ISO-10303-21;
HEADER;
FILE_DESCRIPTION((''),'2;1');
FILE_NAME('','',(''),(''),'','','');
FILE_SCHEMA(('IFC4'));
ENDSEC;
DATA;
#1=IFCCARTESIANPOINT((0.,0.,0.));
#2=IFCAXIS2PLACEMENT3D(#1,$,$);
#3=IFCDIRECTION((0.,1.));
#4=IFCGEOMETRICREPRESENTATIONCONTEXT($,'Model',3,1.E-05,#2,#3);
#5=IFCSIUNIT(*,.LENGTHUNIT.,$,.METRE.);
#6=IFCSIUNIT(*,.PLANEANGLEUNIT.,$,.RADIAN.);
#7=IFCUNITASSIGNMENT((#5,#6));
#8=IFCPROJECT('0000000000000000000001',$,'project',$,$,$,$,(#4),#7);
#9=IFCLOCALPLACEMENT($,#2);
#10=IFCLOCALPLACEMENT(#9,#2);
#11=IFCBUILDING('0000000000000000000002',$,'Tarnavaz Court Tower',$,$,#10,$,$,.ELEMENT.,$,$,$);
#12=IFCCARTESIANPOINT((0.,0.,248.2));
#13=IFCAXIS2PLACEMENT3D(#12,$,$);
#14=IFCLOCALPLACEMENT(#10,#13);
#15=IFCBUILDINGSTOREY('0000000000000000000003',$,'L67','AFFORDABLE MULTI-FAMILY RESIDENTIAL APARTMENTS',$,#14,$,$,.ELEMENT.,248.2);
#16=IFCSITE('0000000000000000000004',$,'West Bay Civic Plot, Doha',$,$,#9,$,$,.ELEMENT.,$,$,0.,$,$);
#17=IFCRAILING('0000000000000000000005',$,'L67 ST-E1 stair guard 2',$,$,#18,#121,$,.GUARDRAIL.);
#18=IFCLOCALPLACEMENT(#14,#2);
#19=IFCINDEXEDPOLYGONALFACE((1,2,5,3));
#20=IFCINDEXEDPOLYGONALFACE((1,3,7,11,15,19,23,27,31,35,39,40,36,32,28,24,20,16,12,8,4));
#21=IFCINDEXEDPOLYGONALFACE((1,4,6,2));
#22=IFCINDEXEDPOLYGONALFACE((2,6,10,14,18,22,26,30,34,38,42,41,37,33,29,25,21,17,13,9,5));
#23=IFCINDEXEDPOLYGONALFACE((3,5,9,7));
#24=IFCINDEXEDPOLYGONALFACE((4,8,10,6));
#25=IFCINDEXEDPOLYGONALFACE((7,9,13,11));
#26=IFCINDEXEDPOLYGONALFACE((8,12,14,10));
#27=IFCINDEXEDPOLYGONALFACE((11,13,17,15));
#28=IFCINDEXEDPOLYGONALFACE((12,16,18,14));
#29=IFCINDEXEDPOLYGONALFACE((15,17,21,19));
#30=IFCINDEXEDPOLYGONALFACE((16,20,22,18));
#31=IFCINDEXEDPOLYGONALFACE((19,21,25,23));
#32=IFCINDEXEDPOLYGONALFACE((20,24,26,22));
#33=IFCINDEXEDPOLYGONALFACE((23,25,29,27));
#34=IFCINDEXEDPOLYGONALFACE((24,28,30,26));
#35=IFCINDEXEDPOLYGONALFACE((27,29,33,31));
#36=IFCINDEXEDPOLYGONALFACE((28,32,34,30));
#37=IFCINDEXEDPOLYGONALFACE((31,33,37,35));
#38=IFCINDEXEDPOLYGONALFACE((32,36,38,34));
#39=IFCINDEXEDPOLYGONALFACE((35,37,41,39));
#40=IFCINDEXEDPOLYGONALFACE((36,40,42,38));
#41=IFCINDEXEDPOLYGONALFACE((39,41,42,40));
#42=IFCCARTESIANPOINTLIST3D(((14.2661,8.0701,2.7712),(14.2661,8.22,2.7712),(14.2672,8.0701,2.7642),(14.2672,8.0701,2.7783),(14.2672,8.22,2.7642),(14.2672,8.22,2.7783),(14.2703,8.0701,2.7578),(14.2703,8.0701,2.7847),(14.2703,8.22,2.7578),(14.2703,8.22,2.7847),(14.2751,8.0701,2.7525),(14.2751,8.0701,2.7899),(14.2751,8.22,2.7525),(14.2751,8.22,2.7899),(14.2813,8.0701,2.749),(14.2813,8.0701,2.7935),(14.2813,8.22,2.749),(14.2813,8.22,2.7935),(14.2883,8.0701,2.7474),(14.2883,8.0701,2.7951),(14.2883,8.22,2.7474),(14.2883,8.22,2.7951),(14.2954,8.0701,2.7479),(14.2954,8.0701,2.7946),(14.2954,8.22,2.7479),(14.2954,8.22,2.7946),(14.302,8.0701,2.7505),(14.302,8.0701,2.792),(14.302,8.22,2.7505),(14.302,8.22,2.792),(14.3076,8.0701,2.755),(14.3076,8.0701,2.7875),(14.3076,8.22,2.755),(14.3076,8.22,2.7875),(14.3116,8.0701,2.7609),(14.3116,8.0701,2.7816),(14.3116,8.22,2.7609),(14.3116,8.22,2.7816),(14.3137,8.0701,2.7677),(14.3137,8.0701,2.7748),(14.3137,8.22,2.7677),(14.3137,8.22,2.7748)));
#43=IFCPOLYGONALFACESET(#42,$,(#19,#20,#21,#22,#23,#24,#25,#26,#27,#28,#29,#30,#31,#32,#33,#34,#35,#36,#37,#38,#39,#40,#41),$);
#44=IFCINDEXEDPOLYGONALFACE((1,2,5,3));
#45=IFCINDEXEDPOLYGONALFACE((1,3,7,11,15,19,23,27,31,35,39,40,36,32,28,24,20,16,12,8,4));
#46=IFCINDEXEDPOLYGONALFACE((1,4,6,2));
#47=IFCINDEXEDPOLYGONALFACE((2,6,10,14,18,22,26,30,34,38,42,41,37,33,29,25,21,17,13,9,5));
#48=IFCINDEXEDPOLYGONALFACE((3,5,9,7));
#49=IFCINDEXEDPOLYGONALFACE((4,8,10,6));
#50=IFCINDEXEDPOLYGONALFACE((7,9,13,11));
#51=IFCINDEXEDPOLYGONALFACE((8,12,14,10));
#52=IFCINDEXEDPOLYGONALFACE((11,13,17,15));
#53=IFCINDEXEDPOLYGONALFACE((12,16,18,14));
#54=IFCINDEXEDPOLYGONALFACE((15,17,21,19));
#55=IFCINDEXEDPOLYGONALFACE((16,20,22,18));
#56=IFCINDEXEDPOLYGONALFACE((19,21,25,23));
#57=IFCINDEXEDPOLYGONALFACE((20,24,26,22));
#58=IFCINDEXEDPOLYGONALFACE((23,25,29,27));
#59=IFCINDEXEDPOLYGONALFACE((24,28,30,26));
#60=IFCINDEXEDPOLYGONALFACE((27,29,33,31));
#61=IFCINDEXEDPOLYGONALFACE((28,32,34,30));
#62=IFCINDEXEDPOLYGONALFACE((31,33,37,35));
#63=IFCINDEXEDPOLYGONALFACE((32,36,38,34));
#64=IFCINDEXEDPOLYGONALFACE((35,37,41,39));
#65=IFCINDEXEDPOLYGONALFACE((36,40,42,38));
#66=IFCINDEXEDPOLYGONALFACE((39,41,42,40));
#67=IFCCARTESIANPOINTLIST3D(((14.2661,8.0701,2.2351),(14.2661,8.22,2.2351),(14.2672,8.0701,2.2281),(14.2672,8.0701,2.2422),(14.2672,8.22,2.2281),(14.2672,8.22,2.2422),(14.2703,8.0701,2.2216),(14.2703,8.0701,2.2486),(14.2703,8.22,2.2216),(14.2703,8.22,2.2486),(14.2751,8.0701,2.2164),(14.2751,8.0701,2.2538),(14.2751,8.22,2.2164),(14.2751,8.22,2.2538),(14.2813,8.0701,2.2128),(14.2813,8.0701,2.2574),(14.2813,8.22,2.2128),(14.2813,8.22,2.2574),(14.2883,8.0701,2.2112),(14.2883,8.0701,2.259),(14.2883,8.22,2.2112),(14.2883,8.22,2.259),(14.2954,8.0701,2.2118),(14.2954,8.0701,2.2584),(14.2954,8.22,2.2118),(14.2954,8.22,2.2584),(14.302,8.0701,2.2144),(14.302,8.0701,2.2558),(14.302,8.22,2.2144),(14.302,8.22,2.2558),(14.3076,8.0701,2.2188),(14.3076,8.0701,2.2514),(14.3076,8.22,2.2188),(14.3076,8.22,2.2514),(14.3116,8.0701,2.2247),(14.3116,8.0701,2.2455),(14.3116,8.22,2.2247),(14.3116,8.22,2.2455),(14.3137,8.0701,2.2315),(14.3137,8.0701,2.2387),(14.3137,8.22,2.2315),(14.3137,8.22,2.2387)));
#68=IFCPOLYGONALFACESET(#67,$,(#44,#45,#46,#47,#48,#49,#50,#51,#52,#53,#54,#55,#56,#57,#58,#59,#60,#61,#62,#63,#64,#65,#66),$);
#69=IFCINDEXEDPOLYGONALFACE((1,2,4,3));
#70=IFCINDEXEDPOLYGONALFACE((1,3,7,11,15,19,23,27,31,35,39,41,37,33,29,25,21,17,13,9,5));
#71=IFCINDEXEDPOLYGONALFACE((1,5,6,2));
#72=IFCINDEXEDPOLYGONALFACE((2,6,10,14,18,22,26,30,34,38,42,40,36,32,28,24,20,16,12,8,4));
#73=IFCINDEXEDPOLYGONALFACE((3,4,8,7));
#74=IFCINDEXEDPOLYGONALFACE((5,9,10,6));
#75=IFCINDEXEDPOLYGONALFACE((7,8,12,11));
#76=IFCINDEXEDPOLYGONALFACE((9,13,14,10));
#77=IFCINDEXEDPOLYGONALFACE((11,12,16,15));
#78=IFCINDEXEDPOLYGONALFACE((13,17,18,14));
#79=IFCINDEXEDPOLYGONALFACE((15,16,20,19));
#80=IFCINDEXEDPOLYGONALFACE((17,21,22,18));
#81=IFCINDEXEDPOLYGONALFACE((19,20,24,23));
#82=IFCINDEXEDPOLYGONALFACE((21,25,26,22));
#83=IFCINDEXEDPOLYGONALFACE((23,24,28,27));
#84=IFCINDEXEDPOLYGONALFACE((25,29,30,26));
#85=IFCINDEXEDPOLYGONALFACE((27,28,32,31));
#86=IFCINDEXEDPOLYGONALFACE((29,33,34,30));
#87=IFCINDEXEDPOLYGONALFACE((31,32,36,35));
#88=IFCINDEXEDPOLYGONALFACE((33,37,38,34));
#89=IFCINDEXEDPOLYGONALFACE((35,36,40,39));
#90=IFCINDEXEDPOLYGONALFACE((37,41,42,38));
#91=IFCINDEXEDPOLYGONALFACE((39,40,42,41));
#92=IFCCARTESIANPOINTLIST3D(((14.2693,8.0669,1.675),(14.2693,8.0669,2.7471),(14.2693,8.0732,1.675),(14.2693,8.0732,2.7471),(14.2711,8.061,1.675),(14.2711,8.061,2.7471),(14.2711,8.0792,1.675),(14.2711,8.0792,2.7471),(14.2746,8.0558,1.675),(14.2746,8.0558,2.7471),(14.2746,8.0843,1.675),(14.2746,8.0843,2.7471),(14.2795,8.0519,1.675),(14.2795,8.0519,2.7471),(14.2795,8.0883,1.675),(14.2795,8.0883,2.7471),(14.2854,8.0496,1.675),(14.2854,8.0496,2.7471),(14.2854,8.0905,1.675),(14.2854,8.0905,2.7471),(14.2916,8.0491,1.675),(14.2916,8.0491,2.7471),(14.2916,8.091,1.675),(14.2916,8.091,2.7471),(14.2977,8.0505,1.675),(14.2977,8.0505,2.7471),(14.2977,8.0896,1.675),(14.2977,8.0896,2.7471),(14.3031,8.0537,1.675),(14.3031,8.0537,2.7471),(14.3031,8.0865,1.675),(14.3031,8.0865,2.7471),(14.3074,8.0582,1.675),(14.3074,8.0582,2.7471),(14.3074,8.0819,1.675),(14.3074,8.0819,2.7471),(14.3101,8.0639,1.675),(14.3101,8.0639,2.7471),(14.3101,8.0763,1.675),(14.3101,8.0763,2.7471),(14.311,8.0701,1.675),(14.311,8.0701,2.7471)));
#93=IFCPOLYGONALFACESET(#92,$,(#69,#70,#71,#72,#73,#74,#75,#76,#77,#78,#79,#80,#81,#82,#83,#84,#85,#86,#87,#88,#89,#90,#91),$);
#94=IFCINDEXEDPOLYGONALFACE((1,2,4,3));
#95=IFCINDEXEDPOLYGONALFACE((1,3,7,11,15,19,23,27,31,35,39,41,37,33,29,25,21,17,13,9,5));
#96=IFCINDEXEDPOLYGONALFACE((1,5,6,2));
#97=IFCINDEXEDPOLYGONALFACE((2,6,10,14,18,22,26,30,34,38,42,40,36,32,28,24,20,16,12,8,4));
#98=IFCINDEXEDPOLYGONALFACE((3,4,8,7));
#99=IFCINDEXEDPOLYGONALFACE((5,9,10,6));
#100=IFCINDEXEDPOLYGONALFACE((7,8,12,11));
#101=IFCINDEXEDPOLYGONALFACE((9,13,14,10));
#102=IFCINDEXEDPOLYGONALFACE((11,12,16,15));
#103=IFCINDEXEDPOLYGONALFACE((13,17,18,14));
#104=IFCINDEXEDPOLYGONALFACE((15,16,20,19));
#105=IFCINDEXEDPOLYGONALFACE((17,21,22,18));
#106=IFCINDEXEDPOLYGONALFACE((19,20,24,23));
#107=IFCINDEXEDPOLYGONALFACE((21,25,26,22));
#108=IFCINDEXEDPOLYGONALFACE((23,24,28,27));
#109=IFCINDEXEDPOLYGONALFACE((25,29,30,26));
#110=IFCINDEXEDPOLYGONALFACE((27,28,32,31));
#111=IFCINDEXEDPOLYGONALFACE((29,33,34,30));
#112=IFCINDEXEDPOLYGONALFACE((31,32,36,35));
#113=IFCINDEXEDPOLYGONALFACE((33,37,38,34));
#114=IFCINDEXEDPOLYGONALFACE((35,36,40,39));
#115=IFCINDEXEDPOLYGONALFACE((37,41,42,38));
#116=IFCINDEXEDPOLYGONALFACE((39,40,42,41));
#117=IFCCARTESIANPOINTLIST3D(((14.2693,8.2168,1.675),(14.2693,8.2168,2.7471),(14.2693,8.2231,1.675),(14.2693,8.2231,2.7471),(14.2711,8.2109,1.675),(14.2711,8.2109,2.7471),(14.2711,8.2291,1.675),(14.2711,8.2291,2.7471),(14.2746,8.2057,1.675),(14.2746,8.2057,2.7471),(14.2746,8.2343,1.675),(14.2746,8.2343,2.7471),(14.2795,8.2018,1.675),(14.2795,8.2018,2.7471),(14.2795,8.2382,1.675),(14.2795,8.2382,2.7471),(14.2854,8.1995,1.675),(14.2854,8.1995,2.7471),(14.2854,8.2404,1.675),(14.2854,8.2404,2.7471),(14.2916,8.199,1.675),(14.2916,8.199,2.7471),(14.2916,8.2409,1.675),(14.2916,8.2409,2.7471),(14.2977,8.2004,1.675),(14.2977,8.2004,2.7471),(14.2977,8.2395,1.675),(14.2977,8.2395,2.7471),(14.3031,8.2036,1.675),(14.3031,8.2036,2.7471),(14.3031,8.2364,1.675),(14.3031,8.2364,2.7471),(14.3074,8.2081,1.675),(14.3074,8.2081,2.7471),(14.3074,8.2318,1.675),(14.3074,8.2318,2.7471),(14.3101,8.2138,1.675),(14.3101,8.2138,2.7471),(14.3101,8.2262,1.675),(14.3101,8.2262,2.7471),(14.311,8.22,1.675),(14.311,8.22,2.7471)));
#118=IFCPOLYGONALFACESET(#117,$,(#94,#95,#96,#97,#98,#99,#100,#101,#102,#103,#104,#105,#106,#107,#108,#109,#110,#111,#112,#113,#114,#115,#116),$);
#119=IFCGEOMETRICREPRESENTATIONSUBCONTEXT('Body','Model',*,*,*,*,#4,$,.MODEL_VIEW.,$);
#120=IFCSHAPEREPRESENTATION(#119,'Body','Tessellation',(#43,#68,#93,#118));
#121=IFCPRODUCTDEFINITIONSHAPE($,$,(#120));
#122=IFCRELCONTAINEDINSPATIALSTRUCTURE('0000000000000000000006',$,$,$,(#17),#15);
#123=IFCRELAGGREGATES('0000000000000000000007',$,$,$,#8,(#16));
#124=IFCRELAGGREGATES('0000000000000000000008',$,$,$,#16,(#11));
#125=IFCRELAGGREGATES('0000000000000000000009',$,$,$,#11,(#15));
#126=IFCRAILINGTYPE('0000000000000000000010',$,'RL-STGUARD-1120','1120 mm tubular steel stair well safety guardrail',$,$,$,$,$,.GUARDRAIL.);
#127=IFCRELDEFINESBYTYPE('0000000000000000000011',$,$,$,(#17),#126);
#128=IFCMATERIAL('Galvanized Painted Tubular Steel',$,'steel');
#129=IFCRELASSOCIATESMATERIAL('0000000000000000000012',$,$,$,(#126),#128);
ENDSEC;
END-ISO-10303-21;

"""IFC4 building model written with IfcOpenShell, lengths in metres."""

from ifc_helpers import new_model, si_unit, direction, frame, origin, origin_2d, place, context, subcontext, project, spatial, circle, extrude, material, type_object, element, save


model = new_model("IFC4")

# Units and contexts
model_context = context("Model", 3, precision=1e-05, world=origin(), true_north=direction((0.0, 1.0)))
body_context = subcontext(model_context, "Body", "Model", "MODEL_VIEW")
ifc_project = project(units=[si_unit("LENGTHUNIT", "METRE"), si_unit("PLANEANGLEUNIT", "RADIAN")], contexts=[model_context])

# Site, building, storey
site_placement = place(None, origin())
site = spatial("IfcSite", under=ifc_project, at=site_placement, Name="West Bay Civic Plot, Doha", CompositionType="ELEMENT", RefElevation=0.0)
building_placement = place(site_placement, origin())
building = spatial("IfcBuilding", under=site, at=building_placement, Name="Tarnavaz Court Tower", CompositionType="ELEMENT")
storey_placement = place(building_placement, frame((0.0, 0.0, 248.2)))
storey = spatial("IfcBuildingStorey", under=building, at=storey_placement, Name="L67", Description="AFFORDABLE MULTI-FAMILY RESIDENTIAL APARTMENTS", CompositionType="ELEMENT", Elevation=248.2)

# Railing
ifc_material_1 = material(Name="Galvanized Painted Tubular Steel", Category="steel")
railing_type_1 = type_object("IfcRailingType", Name="RL-STGUARD-1120", Description="1120 mm tubular steel stair well safety guardrail", PredefinedType="GUARDRAIL", material=ifc_material_1)
railing_1_placement = place(storey_placement, frame((14.29, 8.0701, 1.675)))
element("IfcRailing", 1, at=railing_1_placement, inside=storey, type_object=railing_type_1, Name="L67 ST-E1 stair guard 2", PredefinedType="GUARDRAIL", context=body_context, shape_type="SweptSolid", body=[
    extrude(circle(Radius=0.0239, at=origin_2d()), frame((0.0, 0.0, 1.0962), z_axis=(0.0, 1.0, 0.0), x_axis=(-1.0, 0.0, 0.0)), (0.0, 0.0, 1.0), 0.1499),
    extrude(circle(Radius=0.0239, at=origin_2d()), frame((0.0, 0.0, 0.5601), z_axis=(0.0, 1.0, 0.0), x_axis=(-1.0, 0.0, 0.0)), (0.0, 0.0, 1.0), 0.1499),
    extrude(circle(Radius=0.021, at=origin_2d()), origin(), (0.0, 0.0, 1.0), 1.072),
    extrude(circle(Radius=0.021, at=origin_2d()), frame((0.0, 0.1499, 0.0)), (0.0, 0.0, 1.0), 1.072),
])

save(model, "model.ifc")
